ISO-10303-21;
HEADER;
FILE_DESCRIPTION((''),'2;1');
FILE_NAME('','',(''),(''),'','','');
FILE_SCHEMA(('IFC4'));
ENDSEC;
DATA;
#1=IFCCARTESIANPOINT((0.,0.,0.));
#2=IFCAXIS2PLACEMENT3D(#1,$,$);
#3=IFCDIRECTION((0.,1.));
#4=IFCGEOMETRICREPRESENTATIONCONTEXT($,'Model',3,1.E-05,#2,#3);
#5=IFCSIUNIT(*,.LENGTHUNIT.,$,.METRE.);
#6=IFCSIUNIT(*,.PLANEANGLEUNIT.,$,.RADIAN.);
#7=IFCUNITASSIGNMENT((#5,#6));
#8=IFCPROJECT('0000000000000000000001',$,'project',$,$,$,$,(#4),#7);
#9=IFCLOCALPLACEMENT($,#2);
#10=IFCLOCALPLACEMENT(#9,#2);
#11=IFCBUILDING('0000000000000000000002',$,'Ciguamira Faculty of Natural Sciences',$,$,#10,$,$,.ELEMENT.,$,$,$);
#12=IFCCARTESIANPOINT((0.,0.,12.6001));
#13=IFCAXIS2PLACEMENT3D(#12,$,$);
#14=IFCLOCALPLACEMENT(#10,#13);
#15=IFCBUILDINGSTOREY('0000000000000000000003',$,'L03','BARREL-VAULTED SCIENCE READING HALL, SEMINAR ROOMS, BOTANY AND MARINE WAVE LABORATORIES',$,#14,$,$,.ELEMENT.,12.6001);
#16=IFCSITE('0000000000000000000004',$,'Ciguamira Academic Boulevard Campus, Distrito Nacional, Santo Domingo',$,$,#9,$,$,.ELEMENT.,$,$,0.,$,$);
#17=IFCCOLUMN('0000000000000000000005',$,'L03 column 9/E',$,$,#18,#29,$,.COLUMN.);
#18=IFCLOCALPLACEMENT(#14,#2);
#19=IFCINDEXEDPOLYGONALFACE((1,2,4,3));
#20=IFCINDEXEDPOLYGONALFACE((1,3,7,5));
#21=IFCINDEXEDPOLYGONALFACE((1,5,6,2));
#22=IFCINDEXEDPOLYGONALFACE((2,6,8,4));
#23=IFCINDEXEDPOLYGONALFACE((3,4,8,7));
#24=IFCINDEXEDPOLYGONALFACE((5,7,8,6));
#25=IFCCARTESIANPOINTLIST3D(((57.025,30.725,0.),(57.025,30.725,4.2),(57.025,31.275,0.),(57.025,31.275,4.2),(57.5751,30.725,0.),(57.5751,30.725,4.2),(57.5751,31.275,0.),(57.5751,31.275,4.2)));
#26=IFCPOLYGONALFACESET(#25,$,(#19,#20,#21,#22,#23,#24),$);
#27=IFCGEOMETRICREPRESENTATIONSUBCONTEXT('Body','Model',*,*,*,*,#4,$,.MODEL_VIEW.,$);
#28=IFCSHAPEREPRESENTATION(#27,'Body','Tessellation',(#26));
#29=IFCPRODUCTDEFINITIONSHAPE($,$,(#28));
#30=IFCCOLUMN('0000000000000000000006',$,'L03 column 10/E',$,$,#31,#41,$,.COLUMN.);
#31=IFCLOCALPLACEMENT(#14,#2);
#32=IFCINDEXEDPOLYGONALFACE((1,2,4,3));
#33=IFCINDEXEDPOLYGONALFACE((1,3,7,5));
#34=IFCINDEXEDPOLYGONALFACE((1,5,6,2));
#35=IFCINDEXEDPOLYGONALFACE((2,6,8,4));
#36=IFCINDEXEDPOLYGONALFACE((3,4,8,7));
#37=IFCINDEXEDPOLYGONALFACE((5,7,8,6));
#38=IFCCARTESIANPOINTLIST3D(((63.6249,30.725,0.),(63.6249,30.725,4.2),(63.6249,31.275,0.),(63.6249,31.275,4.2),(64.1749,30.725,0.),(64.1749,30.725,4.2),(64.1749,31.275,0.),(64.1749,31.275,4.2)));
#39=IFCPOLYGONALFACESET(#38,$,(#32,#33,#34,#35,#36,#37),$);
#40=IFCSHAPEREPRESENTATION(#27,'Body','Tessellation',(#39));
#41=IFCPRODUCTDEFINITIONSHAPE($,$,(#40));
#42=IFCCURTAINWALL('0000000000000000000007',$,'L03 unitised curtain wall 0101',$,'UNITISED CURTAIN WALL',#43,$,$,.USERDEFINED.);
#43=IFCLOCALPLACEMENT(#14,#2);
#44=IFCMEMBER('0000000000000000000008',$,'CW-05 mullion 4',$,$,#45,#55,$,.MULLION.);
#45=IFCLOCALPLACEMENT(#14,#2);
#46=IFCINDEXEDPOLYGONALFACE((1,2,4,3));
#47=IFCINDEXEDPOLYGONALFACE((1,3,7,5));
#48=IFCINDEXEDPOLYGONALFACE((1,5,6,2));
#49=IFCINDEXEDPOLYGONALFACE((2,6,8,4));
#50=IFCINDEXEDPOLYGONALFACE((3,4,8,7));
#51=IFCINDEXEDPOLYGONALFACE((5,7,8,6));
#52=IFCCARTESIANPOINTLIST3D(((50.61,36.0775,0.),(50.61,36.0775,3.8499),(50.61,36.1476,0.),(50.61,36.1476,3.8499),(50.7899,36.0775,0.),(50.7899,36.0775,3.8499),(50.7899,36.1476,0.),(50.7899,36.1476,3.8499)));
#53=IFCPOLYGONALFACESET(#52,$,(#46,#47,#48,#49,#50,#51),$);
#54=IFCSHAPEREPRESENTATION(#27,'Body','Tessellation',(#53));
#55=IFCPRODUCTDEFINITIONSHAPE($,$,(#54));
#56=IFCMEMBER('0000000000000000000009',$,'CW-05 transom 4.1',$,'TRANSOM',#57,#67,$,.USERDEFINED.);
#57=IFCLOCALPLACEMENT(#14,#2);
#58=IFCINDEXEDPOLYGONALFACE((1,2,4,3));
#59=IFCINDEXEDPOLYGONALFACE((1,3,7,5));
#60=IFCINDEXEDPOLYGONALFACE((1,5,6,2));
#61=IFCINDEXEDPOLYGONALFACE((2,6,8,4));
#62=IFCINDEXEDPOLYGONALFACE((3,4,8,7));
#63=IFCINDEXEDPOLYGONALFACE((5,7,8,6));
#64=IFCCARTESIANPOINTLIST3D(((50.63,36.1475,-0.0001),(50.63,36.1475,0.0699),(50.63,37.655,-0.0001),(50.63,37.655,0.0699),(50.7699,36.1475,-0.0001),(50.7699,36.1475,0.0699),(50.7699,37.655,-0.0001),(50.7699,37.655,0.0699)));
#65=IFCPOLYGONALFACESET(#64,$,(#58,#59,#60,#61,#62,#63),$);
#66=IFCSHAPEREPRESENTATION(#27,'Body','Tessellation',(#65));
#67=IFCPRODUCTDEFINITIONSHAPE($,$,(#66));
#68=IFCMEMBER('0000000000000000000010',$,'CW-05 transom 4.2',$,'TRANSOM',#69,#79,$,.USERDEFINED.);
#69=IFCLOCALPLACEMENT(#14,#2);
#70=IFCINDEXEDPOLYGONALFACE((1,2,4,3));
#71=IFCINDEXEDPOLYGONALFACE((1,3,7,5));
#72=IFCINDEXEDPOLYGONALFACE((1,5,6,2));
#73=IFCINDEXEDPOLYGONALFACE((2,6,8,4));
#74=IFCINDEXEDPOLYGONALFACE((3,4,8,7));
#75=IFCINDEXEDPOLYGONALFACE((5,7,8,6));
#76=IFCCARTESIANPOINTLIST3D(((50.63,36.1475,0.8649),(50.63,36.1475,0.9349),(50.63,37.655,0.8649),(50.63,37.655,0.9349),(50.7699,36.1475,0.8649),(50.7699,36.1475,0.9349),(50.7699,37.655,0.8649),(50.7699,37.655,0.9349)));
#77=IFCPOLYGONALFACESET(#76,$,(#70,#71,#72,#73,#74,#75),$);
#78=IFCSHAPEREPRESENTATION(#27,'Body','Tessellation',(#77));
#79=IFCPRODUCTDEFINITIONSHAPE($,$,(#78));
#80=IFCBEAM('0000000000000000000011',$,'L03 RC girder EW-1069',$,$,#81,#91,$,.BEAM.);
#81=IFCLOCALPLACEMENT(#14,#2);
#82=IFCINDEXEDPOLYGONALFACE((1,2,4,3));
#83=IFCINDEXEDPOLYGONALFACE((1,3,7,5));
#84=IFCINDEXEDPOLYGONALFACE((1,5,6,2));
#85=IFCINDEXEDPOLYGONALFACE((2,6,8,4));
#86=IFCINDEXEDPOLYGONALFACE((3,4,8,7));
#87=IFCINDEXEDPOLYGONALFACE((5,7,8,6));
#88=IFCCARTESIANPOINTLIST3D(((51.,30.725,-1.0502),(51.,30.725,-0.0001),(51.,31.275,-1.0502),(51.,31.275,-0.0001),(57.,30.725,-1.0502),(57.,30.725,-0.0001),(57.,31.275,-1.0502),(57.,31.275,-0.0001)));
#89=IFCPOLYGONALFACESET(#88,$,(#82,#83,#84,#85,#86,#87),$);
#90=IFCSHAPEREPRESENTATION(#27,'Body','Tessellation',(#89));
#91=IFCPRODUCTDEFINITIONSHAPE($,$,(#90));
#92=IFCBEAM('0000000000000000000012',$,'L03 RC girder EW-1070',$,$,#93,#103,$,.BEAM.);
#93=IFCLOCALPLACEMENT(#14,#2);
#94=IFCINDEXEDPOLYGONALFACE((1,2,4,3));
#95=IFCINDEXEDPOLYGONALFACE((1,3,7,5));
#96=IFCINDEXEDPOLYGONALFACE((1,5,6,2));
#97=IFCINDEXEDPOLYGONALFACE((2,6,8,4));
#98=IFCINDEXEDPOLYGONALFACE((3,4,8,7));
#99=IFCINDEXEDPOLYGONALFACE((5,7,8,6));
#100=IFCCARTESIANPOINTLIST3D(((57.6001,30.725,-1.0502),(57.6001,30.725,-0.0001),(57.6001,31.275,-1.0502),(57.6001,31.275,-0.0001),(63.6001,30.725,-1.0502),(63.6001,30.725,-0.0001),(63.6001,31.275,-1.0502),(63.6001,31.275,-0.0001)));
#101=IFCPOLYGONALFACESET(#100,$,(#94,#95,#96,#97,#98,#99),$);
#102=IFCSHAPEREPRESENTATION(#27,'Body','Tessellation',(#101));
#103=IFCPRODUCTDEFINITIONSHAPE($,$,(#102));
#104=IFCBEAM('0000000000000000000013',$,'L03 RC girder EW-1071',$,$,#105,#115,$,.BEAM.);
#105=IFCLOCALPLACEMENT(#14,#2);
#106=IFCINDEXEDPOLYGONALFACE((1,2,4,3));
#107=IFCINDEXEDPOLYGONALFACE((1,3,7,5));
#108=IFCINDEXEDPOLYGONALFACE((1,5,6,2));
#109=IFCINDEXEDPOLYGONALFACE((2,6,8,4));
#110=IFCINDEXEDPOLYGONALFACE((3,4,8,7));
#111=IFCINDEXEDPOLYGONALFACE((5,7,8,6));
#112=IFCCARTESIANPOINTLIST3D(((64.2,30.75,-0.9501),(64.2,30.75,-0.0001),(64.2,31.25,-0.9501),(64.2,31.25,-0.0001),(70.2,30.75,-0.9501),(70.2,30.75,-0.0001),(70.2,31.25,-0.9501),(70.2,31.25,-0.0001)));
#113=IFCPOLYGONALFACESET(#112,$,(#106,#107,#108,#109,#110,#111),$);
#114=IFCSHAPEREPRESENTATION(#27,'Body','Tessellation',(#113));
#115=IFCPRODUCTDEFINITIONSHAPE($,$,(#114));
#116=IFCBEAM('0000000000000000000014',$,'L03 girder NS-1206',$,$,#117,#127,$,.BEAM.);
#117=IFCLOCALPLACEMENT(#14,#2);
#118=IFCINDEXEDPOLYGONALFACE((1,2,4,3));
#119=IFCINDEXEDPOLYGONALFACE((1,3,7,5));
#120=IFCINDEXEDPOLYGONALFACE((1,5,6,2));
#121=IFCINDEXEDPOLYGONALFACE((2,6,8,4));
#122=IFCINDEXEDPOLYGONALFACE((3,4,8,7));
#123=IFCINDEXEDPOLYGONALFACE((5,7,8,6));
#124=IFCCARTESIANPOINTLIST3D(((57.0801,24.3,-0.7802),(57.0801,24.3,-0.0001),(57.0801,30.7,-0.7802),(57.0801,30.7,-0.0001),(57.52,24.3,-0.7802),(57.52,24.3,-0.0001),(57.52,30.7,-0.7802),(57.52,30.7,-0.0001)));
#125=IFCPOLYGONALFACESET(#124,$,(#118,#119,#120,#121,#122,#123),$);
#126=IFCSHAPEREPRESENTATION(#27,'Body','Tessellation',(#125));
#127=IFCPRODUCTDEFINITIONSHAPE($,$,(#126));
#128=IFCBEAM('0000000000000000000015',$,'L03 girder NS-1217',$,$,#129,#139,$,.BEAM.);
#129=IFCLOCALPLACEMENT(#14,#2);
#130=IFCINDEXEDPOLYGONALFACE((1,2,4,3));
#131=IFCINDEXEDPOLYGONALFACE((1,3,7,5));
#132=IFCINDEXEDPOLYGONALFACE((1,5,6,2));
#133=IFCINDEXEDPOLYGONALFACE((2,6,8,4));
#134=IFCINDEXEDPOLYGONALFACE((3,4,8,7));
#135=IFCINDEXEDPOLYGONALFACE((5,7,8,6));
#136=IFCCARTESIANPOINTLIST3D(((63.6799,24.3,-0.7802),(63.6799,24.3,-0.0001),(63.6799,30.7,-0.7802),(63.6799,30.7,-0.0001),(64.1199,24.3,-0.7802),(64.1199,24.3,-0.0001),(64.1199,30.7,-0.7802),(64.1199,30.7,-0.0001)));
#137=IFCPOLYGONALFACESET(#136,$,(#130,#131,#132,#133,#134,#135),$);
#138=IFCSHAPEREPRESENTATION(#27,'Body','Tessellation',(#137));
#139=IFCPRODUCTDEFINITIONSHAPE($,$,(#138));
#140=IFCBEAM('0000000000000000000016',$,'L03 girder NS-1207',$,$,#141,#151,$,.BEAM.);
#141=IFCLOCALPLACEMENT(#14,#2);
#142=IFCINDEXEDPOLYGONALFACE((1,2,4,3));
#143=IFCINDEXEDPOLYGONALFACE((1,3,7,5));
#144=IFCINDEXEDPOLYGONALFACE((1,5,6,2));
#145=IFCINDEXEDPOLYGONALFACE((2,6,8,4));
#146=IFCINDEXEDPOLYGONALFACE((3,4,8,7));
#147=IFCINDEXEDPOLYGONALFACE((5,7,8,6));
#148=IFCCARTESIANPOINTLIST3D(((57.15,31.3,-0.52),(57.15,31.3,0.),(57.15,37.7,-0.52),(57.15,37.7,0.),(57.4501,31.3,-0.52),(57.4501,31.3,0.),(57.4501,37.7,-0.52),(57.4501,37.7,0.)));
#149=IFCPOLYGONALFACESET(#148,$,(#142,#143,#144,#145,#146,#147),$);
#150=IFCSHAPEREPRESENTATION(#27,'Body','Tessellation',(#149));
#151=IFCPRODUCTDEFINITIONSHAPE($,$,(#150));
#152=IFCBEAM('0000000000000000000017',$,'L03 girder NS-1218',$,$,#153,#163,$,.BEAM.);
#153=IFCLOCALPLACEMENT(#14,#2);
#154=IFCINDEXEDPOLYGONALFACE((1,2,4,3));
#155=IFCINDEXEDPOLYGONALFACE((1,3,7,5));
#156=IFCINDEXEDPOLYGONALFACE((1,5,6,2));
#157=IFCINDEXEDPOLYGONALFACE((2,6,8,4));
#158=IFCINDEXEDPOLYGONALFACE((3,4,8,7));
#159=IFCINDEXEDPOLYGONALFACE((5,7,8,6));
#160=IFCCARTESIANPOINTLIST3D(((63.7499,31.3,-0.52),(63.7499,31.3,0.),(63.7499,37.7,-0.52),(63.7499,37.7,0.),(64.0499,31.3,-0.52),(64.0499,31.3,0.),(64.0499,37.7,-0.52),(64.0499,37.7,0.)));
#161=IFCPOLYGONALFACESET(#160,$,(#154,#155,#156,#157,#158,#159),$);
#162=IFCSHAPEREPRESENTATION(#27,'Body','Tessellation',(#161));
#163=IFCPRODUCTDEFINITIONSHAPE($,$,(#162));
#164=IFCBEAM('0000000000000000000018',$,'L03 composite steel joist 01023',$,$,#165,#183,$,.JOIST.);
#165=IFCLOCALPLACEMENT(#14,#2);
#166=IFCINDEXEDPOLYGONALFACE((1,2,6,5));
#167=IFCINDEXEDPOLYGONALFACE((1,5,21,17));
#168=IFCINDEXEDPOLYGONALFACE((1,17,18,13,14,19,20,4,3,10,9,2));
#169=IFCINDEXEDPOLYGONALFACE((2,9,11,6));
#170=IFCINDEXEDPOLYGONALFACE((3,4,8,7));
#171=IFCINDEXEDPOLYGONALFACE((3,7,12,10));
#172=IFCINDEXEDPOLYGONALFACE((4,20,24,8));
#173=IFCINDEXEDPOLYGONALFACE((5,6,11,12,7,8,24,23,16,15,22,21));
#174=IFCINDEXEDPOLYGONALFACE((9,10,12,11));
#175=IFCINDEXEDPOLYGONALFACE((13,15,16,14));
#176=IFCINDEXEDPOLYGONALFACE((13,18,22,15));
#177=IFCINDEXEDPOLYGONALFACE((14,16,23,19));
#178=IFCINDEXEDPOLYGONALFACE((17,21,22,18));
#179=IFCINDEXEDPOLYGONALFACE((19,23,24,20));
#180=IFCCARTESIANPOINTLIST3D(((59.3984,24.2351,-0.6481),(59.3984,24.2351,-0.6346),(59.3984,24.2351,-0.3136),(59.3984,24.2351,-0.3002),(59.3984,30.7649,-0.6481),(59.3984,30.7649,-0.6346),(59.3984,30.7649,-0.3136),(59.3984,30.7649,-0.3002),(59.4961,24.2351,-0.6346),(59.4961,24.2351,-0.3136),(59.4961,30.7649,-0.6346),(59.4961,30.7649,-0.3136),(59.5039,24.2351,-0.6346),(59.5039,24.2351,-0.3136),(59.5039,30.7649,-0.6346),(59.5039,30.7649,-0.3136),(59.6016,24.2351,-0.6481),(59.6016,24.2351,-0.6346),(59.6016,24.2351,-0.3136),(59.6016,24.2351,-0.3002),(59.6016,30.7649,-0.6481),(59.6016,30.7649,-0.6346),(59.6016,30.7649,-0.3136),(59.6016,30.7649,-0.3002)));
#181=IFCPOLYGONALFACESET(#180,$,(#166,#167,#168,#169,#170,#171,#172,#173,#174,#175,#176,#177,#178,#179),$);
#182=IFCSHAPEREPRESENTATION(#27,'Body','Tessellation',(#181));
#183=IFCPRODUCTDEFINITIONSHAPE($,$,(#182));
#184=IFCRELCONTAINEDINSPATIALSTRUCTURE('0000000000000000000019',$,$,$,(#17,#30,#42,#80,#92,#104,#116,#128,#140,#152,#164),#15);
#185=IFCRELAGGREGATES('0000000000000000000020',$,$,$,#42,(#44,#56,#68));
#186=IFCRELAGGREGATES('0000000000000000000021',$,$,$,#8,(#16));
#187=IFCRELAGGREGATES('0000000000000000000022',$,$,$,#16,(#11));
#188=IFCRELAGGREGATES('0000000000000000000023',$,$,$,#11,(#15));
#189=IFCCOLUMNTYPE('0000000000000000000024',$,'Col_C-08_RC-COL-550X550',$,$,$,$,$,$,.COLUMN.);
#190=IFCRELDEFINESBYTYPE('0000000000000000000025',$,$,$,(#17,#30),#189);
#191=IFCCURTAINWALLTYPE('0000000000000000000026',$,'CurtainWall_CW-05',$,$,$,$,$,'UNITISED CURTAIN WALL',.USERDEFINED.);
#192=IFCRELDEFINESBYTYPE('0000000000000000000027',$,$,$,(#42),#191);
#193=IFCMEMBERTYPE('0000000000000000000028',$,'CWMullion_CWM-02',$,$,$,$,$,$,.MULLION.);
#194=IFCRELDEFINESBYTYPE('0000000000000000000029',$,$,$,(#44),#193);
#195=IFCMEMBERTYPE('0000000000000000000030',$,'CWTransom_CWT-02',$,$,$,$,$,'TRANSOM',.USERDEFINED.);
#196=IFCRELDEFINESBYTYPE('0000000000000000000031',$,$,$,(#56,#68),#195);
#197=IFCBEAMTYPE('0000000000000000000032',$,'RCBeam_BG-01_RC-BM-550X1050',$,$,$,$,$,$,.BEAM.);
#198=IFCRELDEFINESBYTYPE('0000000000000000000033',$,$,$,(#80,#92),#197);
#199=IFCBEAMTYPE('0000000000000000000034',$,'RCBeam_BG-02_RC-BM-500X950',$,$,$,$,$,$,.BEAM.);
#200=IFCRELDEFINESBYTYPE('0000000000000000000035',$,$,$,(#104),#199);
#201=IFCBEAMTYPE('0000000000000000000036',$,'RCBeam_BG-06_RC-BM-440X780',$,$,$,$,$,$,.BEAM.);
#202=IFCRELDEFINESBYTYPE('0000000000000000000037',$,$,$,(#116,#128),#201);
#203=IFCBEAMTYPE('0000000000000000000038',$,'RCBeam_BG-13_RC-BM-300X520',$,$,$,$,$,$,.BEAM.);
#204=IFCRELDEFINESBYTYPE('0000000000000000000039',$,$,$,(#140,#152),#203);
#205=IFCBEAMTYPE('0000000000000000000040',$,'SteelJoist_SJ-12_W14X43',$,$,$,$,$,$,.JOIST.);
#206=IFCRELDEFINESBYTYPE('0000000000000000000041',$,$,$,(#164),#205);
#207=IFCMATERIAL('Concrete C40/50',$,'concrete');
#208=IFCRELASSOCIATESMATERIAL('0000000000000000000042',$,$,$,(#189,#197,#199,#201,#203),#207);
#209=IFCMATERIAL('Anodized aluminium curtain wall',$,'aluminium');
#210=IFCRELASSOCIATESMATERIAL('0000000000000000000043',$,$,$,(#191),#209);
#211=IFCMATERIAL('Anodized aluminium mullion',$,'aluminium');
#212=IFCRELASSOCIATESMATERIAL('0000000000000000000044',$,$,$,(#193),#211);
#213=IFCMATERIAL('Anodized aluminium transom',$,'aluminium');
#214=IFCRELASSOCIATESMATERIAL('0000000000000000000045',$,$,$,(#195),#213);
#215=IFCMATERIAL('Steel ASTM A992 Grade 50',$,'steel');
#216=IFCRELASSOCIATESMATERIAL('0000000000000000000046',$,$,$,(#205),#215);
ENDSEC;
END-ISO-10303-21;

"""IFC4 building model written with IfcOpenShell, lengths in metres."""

from ifc_helpers import new_model, si_unit, direction, frame, origin, origin_2d, place, context, subcontext, project, spatial, rectangle, i_section, extrude, material, material_profile, profile_set, type_object, element, aggregate, save


model = new_model("IFC4")

# Units and contexts
model_context = context("Model", 3, precision=1e-05, world=origin(), true_north=direction((0.0, 1.0)))
body_context = subcontext(model_context, "Body", "Model", "MODEL_VIEW")
ifc_project = project(units=[si_unit("LENGTHUNIT", "METRE"), si_unit("PLANEANGLEUNIT", "RADIAN")], contexts=[model_context])

# Site, building, storey
site_placement = place(None, origin())
site = spatial("IfcSite", under=ifc_project, at=site_placement, Name="Ciguamira Academic Boulevard Campus, Distrito Nacional, Santo Domingo", CompositionType="ELEMENT", RefElevation=0.0)
building_placement = place(site_placement, origin())
building = spatial("IfcBuilding", under=site, at=building_placement, Name="Ciguamira Faculty of Natural Sciences", CompositionType="ELEMENT")
storey_placement = place(building_placement, frame((0.0, 0.0, 12.6001)))
storey = spatial("IfcBuildingStorey", under=building, at=storey_placement, Name="L03", Description="BARREL-VAULTED SCIENCE READING HALL, SEMINAR ROOMS, BOTANY AND MARINE WAVE LABORATORIES", CompositionType="ELEMENT", Elevation=12.6001)

# Columns
ifc_material_1 = material(Name="Concrete C40/50", Category="concrete")
ifc_material_profile_1 = material_profile(ifc_material_1, rectangle(XDim=0.55, YDim=0.55, at=origin_2d()), Name="RC-COL-550X550")
ifc_profile_set_1 = profile_set([ifc_material_profile_1], Name="Concrete C40/50")
column_type = type_object("IfcColumnType", Name="Col_C-08_RC-COL-550X550", PredefinedType="COLUMN", material=ifc_profile_set_1)
for number, where, z_axis, x_axis, name in (
    (1, (57.3, 31.0, 0.0), (0.0, 0.0, 1.0), (1.0, 0.0, 0.0), "L03 column 9/E"),
    (2, (63.8999, 31.0, 0.0), (0.0, 0.0, 1.0), (1.0, 0.0, 0.0), "L03 column 10/E"),
):
    element("IfcColumn", number, at=place(storey_placement, frame(where, z_axis=z_axis, x_axis=x_axis)), inside=storey, type_object=column_type, Name=name, PredefinedType="COLUMN", context=body_context, shape_type="SweptSolid", body=[
        extrude(rectangle(XDim=0.55, YDim=0.55, at=origin_2d()), origin(), (0.0, 0.0, 1.0), 4.2),
    ])

# Curtain wall, members
ifc_material_2 = material(Name="Anodized aluminium curtain wall", Category="aluminium")
curtain_wall_type = type_object("IfcCurtainWallType", Name="CurtainWall_CW-05", ElementType="UNITISED CURTAIN WALL", PredefinedType="USERDEFINED", material=ifc_material_2)
curtain_wall_placement = place(storey_placement, origin())
curtain_wall = element("IfcCurtainWall", 3, at=curtain_wall_placement, inside=storey, type_object=curtain_wall_type, Name="L03 unitised curtain wall 0101", ObjectType="UNITISED CURTAIN WALL", PredefinedType="USERDEFINED")
ifc_material_3 = material(Name="Anodized aluminium mullion", Category="aluminium")
ifc_material_profile_2 = material_profile(ifc_material_3, rectangle(XDim=0.0701, YDim=0.1799, at=origin_2d()), Name="ALU-MUL-70X180")
ifc_profile_set_2 = profile_set([ifc_material_profile_2], Name="Anodized aluminium mullion")
member_type_1 = type_object("IfcMemberType", Name="CWMullion_CWM-02", PredefinedType="MULLION", material=ifc_profile_set_2)
member_1_placement = place(storey_placement, frame((50.7, 36.1125, 0.0), z_axis=(0.0, 0.0, 1.0), x_axis=(0.0, 1.0, 0.0)))
member_1 = element("IfcMember", 4, at=member_1_placement, type_object=member_type_1, Name="CW-05 mullion 4", PredefinedType="MULLION", context=body_context, shape_type="SweptSolid", body=[
    extrude(rectangle(XDim=0.0701, YDim=0.1799, at=origin_2d()), origin(), (0.0, 0.0, 1.0), 3.8499),
])
ifc_material_4 = material(Name="Anodized aluminium transom", Category="aluminium")
ifc_material_profile_3 = material_profile(ifc_material_4, rectangle(XDim=0.0701, YDim=0.1399, at=origin_2d()), Name="ALU-TRN-70X140")
ifc_profile_set_3 = profile_set([ifc_material_profile_3], Name="Anodized aluminium transom")
member_type_2 = type_object("IfcMemberType", Name="CWTransom_CWT-02", ElementType="TRANSOM", PredefinedType="USERDEFINED", material=ifc_profile_set_3)
member_2_placement = place(storey_placement, frame((50.7, 36.1475, 0.0349), z_axis=(0.0, 1.0, 0.0), x_axis=(0.0, 0.0, 1.0)))
member_2 = element("IfcMember", 5, at=member_2_placement, type_object=member_type_2, Name="CW-05 transom 4.1", ObjectType="TRANSOM", PredefinedType="USERDEFINED", context=body_context, shape_type="SweptSolid", body=[
    extrude(rectangle(XDim=0.0701, YDim=0.1399, at=origin_2d()), origin(), (0.0, 0.0, 1.0), 1.5076),
])
member_3_placement = place(storey_placement, frame((50.7, 36.1475, 0.8999), z_axis=(0.0, 1.0, 0.0), x_axis=(0.0, 0.0, 1.0)))
member_3 = element("IfcMember", 6, at=member_3_placement, type_object=member_type_2, Name="CW-05 transom 4.2", ObjectType="TRANSOM", PredefinedType="USERDEFINED", context=body_context, shape_type="SweptSolid", body=[
    extrude(rectangle(XDim=0.0701, YDim=0.1399, at=origin_2d()), origin(), (0.0, 0.0, 1.0), 1.5076),
])

# Beams
ifc_material_profile_4 = material_profile(ifc_material_1, rectangle(XDim=0.55, YDim=1.05, at=origin_2d()), Name="RC-BM-550X1050")
ifc_profile_set_4 = profile_set([ifc_material_profile_4], Name="Concrete C40/50")
beam_type_1 = type_object("IfcBeamType", Name="RCBeam_BG-01_RC-BM-550X1050", PredefinedType="BEAM", material=ifc_profile_set_4)
for number, where, z_axis, x_axis, name in (
    (7, (51.0, 31.0, -0.5251), (1.0, 0.0, 0.0), (0.0, 1.0, 0.0), "L03 RC girder EW-1069"),
    (8, (57.6001, 31.0, -0.5251), (1.0, 0.0, 0.0), (0.0, 1.0, 0.0), "L03 RC girder EW-1070"),
):
    element("IfcBeam", number, at=place(storey_placement, frame(where, z_axis=z_axis, x_axis=x_axis)), inside=storey, type_object=beam_type_1, Name=name, PredefinedType="BEAM", context=body_context, shape_type="SweptSolid", body=[
        extrude(rectangle(XDim=0.55, YDim=1.05, at=origin_2d()), origin(), (0.0, 0.0, 1.0), 6.0),
    ])
ifc_material_profile_5 = material_profile(ifc_material_1, rectangle(XDim=0.5, YDim=0.95, at=origin_2d()), Name="RC-BM-500X950")
ifc_profile_set_5 = profile_set([ifc_material_profile_5], Name="Concrete C40/50")
beam_type_2 = type_object("IfcBeamType", Name="RCBeam_BG-02_RC-BM-500X950", PredefinedType="BEAM", material=ifc_profile_set_5)
beam_1_placement = place(storey_placement, frame((64.2, 31.0, -0.4751), z_axis=(1.0, 0.0, 0.0), x_axis=(0.0, 1.0, 0.0)))
element("IfcBeam", 9, at=beam_1_placement, inside=storey, type_object=beam_type_2, Name="L03 RC girder EW-1071", PredefinedType="BEAM", context=body_context, shape_type="SweptSolid", body=[
    extrude(rectangle(XDim=0.5, YDim=0.95, at=origin_2d()), origin(), (0.0, 0.0, 1.0), 6.0),
])
ifc_material_profile_6 = material_profile(ifc_material_1, rectangle(XDim=0.4399, YDim=0.78, at=origin_2d()), Name="RC-BM-440X780")
ifc_profile_set_6 = profile_set([ifc_material_profile_6], Name="Concrete C40/50")
beam_type_3 = type_object("IfcBeamType", Name="RCBeam_BG-06_RC-BM-440X780", PredefinedType="BEAM", material=ifc_profile_set_6)
for number, where, z_axis, x_axis, name in (
    (10, (57.3, 24.3, -0.3901), (0.0, 1.0, 0.0), (-1.0, 0.0, 0.0), "L03 girder NS-1206"),
    (11, (63.8999, 24.3, -0.3901), (0.0, 1.0, 0.0), (-1.0, 0.0, 0.0), "L03 girder NS-1217"),
):
    element("IfcBeam", number, at=place(storey_placement, frame(where, z_axis=z_axis, x_axis=x_axis)), inside=storey, type_object=beam_type_3, Name=name, PredefinedType="BEAM", context=body_context, shape_type="SweptSolid", body=[
        extrude(rectangle(XDim=0.4399, YDim=0.78, at=origin_2d()), origin(), (0.0, 0.0, 1.0), 6.3999),
    ])
ifc_material_profile_7 = material_profile(ifc_material_1, rectangle(XDim=0.3, YDim=0.52, at=origin_2d()), Name="RC-BM-300X520")
ifc_profile_set_7 = profile_set([ifc_material_profile_7], Name="Concrete C40/50")
beam_type_4 = type_object("IfcBeamType", Name="RCBeam_BG-13_RC-BM-300X520", PredefinedType="BEAM", material=ifc_profile_set_7)
for number, where, z_axis, x_axis, name in (
    (12, (57.3, 31.3, -0.26), (0.0, 1.0, 0.0), (-1.0, 0.0, 0.0), "L03 girder NS-1207"),
    (13, (63.8999, 31.3, -0.26), (0.0, 1.0, 0.0), (-1.0, 0.0, 0.0), "L03 girder NS-1218"),
):
    element("IfcBeam", number, at=place(storey_placement, frame(where, z_axis=z_axis, x_axis=x_axis)), inside=storey, type_object=beam_type_4, Name=name, PredefinedType="BEAM", context=body_context, shape_type="SweptSolid", body=[
        extrude(rectangle(XDim=0.3, YDim=0.52, at=origin_2d()), origin(), (0.0, 0.0, 1.0), 6.3999),
    ])
ifc_material_5 = material(Name="Steel ASTM A992 Grade 50", Category="steel")
ifc_material_profile_8 = material_profile(ifc_material_5, i_section(OverallWidth=0.2031, OverallDepth=0.3479, WebThickness=0.0078, FlangeThickness=0.0134, at=origin_2d()), Name="W14X43")
ifc_profile_set_8 = profile_set([ifc_material_profile_8], Name="Steel ASTM A992 Grade 50")
beam_type_5 = type_object("IfcBeamType", Name="SteelJoist_SJ-12_W14X43", PredefinedType="JOIST", material=ifc_profile_set_8)
beam_2_placement = place(storey_placement, frame((59.5, 24.2351, -0.4741), z_axis=(0.0, 1.0, 0.0), x_axis=(-1.0, 0.0, 0.0)))
element("IfcBeam", 14, at=beam_2_placement, inside=storey, type_object=beam_type_5, Name="L03 composite steel joist 01023", PredefinedType="JOIST", context=body_context, shape_type="SweptSolid", body=[
    extrude(i_section(OverallWidth=0.2031, OverallDepth=0.3479, WebThickness=0.0078, FlangeThickness=0.0134, at=origin_2d()), origin(), (0.0, 0.0, 1.0), 6.5298),
])

aggregate(curtain_wall, [member_1, member_2, member_3])

save(model, "model.ifc")
